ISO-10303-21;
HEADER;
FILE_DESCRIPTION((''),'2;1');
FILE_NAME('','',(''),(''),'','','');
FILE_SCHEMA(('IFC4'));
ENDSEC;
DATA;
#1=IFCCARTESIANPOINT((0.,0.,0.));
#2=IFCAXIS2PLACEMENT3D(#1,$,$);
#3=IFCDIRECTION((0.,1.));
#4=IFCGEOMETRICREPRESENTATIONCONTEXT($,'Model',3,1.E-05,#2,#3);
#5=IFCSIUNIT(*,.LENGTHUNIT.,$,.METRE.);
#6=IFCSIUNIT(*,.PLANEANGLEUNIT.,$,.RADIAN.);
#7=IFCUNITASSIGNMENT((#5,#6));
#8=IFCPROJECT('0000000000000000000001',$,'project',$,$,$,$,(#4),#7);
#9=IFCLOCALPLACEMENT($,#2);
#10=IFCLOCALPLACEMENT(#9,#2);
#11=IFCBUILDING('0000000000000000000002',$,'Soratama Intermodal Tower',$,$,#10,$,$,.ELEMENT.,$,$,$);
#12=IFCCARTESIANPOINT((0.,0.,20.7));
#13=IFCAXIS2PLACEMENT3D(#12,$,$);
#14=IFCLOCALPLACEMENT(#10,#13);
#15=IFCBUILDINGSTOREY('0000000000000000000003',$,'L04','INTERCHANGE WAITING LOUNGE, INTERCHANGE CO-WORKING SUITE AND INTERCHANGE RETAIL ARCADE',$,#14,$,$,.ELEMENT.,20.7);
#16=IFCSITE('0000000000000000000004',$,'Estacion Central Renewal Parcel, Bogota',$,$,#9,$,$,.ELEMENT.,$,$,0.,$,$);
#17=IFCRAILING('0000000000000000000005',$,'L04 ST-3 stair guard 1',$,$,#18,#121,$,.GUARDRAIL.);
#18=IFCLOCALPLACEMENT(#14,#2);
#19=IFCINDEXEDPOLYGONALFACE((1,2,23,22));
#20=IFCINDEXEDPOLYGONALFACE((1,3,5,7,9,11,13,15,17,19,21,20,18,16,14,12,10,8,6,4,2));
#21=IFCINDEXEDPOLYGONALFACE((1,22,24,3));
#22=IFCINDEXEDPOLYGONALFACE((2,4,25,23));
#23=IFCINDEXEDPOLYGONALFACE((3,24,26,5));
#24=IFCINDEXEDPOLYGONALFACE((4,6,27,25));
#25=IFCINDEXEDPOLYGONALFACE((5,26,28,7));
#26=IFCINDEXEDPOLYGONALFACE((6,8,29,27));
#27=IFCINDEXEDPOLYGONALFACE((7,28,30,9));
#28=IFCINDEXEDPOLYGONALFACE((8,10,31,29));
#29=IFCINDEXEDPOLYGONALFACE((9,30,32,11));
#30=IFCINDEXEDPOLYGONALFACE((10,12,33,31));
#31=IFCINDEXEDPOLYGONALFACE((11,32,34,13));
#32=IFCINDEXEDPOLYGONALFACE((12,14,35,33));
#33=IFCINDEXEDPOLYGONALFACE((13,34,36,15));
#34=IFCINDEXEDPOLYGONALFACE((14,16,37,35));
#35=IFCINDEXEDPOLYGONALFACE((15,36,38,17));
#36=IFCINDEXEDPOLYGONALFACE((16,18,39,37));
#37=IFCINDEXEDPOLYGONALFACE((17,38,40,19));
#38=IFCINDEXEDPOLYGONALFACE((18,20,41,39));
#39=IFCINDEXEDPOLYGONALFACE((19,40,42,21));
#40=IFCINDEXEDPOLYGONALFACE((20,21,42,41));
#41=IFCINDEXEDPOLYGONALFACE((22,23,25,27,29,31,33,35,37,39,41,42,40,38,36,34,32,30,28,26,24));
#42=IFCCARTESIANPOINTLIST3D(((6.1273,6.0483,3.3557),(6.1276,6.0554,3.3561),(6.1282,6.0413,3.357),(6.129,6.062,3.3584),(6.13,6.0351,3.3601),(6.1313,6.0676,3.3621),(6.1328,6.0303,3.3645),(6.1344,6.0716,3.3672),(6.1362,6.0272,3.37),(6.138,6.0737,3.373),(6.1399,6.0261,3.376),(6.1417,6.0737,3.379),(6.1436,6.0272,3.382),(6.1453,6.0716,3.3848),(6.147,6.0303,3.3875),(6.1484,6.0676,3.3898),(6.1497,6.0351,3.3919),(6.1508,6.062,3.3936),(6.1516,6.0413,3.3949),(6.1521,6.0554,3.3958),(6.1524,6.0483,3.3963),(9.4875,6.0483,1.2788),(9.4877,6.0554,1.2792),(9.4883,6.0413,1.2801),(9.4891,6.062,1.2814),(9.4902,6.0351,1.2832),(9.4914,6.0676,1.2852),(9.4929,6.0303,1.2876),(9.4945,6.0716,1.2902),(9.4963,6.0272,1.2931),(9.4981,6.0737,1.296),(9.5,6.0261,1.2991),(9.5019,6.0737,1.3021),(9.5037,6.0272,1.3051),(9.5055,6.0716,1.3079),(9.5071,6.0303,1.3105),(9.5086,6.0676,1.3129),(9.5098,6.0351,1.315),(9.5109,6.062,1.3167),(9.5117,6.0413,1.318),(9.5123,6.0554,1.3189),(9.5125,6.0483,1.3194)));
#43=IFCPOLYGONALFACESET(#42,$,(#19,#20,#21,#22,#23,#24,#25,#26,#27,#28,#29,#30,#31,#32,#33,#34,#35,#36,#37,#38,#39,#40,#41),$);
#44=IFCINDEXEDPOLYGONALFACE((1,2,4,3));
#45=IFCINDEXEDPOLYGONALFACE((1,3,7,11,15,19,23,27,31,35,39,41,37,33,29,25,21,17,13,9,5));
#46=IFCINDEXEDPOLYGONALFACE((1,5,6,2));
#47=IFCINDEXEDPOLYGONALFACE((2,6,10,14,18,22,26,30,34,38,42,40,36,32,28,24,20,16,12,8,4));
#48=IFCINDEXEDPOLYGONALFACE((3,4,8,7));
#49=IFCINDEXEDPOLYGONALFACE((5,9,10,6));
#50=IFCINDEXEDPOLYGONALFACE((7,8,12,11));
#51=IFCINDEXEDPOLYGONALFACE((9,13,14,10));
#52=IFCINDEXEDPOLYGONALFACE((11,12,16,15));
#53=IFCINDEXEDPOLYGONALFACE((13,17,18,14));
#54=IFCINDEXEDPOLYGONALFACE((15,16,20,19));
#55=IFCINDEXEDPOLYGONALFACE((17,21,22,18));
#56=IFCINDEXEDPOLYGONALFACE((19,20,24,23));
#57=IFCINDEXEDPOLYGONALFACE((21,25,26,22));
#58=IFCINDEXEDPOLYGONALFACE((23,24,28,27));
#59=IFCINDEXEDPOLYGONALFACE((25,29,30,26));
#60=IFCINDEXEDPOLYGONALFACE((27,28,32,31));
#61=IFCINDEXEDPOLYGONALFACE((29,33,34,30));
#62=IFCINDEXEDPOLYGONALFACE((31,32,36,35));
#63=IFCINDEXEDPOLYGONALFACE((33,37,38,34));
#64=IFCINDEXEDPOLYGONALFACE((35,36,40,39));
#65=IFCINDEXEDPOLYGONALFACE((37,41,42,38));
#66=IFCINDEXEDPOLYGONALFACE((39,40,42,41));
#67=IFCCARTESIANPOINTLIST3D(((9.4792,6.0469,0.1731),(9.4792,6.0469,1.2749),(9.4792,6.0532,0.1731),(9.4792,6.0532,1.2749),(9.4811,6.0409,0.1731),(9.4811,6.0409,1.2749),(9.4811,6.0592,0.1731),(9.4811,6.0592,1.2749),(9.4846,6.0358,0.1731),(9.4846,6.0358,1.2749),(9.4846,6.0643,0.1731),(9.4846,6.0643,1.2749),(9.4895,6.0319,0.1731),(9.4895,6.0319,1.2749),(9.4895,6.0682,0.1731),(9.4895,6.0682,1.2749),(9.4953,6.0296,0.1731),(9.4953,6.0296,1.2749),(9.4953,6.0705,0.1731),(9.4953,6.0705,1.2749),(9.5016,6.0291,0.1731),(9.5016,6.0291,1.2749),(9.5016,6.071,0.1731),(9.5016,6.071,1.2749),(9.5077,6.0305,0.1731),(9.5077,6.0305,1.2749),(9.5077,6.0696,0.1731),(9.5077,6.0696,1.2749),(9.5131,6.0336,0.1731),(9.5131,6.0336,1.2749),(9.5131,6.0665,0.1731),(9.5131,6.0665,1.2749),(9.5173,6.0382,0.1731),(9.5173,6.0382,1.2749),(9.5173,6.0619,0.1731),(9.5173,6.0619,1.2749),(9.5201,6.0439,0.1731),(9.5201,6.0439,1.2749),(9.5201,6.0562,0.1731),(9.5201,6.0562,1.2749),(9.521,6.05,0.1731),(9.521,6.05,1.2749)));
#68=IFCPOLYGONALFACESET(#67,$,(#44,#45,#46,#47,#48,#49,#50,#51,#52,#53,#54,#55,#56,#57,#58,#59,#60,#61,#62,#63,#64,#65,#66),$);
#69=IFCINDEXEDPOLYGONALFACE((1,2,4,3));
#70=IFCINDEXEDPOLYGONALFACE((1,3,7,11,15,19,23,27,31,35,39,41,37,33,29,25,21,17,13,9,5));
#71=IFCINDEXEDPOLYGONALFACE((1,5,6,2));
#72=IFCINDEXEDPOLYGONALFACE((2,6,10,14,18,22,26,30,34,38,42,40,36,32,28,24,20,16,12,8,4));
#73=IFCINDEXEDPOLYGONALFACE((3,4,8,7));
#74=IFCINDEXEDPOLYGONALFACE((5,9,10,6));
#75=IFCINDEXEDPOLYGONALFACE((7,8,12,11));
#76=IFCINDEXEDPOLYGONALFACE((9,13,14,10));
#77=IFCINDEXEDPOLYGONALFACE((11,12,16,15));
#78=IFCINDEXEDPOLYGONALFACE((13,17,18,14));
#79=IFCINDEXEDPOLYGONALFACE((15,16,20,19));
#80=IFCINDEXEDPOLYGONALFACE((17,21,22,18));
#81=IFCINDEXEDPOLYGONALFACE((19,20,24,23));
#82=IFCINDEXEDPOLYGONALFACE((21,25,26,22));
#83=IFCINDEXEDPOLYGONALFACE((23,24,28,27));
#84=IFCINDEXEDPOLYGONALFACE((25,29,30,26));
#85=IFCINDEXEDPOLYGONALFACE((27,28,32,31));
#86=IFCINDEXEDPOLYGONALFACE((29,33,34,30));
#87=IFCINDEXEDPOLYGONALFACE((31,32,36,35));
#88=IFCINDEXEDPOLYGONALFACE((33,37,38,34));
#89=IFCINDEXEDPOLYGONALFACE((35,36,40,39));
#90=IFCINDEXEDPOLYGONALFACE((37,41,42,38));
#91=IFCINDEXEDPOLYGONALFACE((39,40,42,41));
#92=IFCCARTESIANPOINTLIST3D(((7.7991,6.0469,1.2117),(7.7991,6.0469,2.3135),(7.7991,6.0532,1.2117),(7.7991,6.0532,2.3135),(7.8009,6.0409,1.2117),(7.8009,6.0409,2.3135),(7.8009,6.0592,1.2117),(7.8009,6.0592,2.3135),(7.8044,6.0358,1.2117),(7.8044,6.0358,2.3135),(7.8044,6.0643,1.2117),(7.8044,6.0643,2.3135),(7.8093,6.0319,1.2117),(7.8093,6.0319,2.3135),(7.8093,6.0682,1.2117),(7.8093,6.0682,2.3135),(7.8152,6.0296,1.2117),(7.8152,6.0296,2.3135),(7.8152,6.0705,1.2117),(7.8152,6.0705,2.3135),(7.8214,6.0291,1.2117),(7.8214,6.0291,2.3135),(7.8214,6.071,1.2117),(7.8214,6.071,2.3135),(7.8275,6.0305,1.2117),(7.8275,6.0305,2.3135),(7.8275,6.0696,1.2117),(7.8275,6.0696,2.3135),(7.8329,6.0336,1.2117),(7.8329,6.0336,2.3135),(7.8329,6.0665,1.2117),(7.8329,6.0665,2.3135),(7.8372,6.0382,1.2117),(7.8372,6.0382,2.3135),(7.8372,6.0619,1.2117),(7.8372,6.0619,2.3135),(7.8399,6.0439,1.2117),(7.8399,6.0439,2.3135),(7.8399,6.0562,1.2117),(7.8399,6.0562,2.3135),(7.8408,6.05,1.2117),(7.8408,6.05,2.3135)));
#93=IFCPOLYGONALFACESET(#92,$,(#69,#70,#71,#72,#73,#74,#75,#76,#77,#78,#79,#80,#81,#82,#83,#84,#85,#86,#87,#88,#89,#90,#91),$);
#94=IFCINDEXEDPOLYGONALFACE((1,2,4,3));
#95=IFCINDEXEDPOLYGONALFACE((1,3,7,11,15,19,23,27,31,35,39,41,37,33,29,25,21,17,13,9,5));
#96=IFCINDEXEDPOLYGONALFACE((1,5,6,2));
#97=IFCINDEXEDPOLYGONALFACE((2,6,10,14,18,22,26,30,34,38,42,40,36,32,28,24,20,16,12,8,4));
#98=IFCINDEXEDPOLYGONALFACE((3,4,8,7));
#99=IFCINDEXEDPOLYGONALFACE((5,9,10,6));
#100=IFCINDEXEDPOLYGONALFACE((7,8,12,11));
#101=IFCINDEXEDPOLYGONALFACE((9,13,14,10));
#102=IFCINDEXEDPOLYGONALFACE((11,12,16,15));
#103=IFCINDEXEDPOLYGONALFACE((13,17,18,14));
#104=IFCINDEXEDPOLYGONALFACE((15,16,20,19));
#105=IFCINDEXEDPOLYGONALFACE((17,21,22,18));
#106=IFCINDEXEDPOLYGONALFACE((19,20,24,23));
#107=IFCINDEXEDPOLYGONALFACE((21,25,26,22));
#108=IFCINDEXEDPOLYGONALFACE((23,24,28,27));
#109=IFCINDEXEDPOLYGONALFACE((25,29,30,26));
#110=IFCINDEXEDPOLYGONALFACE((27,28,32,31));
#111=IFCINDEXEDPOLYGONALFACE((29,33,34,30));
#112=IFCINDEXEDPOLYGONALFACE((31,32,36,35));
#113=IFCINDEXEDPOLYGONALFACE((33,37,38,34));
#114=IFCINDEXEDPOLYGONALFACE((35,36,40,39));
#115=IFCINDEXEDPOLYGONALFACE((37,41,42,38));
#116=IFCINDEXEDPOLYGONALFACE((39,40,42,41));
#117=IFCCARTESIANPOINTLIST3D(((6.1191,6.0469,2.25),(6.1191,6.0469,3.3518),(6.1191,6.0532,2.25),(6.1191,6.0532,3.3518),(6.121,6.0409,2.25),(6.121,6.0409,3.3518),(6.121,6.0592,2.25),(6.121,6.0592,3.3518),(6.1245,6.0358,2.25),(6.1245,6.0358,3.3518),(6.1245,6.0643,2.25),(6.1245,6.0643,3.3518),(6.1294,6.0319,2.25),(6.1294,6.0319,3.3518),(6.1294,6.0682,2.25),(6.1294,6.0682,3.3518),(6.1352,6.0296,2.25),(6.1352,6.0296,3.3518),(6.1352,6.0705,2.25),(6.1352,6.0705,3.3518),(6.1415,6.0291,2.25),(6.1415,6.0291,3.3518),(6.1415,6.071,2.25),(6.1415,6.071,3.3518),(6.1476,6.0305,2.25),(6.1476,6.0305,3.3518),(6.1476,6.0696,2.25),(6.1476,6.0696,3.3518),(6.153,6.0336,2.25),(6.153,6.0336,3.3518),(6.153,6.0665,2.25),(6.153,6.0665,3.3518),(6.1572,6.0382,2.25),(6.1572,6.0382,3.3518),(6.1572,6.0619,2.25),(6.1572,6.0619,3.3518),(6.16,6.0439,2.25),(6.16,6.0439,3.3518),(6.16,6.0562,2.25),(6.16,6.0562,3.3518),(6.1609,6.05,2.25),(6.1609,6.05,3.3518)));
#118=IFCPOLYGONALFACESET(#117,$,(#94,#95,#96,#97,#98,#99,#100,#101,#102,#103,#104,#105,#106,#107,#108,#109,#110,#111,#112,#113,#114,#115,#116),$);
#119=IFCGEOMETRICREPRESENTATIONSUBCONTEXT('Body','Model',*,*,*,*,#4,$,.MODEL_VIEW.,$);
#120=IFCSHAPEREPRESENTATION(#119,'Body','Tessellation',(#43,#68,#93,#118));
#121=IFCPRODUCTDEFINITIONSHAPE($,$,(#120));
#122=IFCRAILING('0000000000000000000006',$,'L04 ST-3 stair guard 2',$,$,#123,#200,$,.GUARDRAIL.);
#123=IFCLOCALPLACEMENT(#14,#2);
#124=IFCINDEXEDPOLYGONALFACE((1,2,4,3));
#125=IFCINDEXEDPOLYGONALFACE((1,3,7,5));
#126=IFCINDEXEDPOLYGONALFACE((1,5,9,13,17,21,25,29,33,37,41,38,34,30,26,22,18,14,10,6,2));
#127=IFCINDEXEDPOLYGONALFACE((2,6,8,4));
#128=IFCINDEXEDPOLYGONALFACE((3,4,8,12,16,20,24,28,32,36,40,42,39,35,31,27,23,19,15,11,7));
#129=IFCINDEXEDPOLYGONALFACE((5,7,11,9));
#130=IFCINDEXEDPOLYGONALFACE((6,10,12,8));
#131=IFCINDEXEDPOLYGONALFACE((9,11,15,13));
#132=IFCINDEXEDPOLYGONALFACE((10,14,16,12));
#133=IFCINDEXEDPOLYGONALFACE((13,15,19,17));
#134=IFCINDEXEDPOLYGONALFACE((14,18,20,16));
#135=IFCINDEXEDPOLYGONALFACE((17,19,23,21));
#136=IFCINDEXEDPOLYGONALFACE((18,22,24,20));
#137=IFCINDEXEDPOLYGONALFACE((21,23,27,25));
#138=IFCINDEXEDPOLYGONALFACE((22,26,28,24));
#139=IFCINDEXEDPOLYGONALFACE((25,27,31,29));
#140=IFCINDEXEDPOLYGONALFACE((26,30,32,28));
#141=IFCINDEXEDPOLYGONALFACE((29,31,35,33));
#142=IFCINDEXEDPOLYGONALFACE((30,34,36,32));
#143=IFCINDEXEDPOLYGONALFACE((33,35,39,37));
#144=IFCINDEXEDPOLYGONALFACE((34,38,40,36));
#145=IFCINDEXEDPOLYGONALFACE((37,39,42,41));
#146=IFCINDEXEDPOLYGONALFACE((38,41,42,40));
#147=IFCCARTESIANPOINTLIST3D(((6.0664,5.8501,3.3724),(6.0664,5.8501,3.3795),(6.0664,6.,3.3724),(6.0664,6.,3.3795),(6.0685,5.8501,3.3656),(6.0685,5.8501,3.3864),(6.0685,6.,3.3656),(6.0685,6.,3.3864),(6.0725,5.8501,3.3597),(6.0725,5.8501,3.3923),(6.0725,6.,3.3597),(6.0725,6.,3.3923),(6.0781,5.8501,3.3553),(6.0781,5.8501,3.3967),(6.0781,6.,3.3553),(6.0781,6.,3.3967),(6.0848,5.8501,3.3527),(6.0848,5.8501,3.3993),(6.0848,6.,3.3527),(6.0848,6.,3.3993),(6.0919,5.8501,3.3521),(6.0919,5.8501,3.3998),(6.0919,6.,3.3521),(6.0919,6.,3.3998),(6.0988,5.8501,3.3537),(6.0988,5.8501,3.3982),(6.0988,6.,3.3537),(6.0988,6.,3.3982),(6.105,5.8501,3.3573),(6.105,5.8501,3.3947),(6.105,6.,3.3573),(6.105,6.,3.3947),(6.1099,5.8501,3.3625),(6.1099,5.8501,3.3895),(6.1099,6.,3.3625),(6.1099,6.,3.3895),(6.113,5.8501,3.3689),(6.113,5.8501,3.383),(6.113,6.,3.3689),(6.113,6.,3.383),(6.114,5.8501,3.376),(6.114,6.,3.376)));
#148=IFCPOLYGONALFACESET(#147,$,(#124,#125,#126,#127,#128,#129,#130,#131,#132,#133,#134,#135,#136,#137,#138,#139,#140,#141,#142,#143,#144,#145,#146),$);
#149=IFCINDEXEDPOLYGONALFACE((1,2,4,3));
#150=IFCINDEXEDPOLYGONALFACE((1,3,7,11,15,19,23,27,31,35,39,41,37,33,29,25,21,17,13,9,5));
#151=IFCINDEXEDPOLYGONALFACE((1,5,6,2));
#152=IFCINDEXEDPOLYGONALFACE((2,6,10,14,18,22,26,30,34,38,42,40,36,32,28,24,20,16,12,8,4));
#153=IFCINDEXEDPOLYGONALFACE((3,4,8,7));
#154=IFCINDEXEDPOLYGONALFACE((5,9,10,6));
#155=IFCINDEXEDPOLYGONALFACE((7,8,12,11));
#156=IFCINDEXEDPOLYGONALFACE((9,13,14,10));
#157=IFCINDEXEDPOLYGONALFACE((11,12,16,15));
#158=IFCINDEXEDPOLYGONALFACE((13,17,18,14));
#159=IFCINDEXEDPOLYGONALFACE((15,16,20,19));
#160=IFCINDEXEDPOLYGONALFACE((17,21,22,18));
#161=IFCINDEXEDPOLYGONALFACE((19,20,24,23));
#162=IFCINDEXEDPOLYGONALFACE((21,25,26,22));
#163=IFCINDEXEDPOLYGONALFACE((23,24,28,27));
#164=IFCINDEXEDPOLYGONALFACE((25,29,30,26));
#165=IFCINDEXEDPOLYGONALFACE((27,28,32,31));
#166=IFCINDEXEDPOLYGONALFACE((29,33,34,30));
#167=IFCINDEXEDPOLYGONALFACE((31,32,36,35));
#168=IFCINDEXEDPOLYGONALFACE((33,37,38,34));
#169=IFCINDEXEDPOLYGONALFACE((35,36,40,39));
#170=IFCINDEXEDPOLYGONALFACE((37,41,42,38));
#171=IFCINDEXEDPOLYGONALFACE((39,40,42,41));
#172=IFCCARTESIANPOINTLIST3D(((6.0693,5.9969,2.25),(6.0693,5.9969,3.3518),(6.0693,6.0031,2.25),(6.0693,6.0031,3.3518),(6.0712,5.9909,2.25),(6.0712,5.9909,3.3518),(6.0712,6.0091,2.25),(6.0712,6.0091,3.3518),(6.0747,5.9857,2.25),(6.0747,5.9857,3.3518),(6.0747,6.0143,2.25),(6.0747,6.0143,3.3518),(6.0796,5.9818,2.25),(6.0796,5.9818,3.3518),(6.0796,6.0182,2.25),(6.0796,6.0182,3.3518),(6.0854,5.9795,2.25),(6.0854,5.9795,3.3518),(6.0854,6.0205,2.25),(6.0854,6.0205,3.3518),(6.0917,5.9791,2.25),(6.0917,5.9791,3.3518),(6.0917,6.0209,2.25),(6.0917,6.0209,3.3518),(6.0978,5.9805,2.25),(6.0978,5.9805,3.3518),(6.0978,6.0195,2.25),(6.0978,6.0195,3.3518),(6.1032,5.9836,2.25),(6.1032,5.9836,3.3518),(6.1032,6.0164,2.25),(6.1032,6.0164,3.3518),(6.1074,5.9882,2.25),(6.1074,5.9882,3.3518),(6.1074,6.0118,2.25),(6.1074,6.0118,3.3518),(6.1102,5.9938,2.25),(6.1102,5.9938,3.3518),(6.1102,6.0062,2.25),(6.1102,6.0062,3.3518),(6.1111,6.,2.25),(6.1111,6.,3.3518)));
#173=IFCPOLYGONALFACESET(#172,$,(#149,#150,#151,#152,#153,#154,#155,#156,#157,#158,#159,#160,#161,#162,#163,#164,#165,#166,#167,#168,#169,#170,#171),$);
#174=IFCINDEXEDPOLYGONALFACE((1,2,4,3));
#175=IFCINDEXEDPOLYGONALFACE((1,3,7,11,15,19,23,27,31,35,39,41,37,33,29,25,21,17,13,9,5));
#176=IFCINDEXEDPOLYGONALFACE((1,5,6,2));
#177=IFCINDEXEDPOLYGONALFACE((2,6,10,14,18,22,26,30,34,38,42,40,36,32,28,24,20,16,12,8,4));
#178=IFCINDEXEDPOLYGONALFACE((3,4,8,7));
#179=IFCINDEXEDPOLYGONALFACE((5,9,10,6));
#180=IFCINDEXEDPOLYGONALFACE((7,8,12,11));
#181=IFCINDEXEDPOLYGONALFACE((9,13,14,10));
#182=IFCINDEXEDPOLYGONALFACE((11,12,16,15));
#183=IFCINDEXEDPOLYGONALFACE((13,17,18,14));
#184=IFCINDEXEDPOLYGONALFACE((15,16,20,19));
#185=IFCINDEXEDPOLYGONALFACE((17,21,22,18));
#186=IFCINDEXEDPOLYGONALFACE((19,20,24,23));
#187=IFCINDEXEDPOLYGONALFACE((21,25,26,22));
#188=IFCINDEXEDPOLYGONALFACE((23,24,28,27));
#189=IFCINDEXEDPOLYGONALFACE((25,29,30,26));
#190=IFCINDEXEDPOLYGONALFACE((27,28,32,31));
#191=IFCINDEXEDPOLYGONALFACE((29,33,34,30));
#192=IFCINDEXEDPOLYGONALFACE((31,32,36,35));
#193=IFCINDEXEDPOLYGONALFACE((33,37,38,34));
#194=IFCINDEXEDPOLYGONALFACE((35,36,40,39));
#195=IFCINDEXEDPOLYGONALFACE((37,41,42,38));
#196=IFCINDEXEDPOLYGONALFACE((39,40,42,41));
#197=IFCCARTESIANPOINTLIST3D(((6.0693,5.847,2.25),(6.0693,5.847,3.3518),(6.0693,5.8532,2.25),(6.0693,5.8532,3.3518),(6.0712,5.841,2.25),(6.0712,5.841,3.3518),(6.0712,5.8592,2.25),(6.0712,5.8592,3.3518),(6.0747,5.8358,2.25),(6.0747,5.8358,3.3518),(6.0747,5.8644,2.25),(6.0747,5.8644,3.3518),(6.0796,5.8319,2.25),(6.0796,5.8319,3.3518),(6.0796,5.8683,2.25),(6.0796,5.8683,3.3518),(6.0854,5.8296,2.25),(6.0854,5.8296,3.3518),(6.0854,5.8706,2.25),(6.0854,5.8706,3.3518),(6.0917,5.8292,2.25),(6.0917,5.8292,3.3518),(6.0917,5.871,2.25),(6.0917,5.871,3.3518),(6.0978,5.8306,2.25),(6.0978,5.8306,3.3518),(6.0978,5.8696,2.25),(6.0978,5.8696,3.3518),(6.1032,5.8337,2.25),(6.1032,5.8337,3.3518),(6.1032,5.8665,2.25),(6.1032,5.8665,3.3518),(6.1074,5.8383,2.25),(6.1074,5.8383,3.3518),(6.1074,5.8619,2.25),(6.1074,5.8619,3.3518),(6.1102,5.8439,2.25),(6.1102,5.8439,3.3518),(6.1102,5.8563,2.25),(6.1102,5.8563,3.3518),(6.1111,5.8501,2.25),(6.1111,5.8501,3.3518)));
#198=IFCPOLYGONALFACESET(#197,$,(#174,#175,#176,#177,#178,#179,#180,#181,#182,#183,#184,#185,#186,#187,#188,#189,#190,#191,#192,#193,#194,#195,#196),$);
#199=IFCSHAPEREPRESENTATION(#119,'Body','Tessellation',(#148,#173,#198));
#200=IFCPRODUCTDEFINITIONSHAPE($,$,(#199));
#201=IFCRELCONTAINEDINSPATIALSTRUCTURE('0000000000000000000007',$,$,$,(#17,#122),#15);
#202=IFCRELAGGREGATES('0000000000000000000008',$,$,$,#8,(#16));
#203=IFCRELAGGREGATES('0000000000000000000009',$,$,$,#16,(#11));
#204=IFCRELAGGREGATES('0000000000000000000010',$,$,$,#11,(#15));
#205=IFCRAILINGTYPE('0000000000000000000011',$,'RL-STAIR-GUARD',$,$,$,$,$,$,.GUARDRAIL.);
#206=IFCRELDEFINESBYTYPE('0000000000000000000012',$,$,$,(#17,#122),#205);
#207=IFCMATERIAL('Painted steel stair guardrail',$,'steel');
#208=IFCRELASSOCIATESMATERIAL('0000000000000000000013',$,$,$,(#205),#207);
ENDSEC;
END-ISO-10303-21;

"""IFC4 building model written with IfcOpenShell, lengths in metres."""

from ifc_helpers import new_model, si_unit, direction, frame, origin, origin_2d, place, context, subcontext, project, spatial, circle, extrude, material, type_object, element, save


model = new_model("IFC4")

# Units and contexts
model_context = context("Model", 3, precision=1e-05, world=origin(), true_north=direction((0.0, 1.0)))
body_context = subcontext(model_context, "Body", "Model", "MODEL_VIEW")
ifc_project = project(units=[si_unit("LENGTHUNIT", "METRE"), si_unit("PLANEANGLEUNIT", "RADIAN")], contexts=[model_context])

# Site, building, storey
site_placement = place(None, origin())
site = spatial("IfcSite", under=ifc_project, at=site_placement, Name="Estacion Central Renewal Parcel, Bogota", CompositionType="ELEMENT", RefElevation=0.0)
building_placement = place(site_placement, origin())
building = spatial("IfcBuilding", under=site, at=building_placement, Name="Soratama Intermodal Tower", CompositionType="ELEMENT")
storey_placement = place(building_placement, frame((0.0, 0.0, 20.7)))
storey = spatial("IfcBuildingStorey", under=building, at=storey_placement, Name="L04", Description="INTERCHANGE WAITING LOUNGE, INTERCHANGE CO-WORKING SUITE AND INTERCHANGE RETAIL ARCADE", CompositionType="ELEMENT", Elevation=20.7)

# Railings
ifc_material_1 = material(Name="Painted steel stair guardrail", Category="steel")
railing_type_1 = type_object("IfcRailingType", Name="RL-STAIR-GUARD", PredefinedType="GUARDRAIL", material=ifc_material_1)
railing_1_placement = place(storey_placement, frame((9.5, 6.05, 0.1731)))
element("IfcRailing", 1, at=railing_1_placement, inside=storey, type_object=railing_type_1, Name="L04 ST-3 stair guard 1", PredefinedType="GUARDRAIL", context=body_context, shape_type="SweptSolid", body=[
    extrude(circle(Radius=0.0239, at=origin_2d()), frame((0.0, 0.0, 1.126), z_axis=(-0.850623, 0.0, 0.525776), x_axis=(0.0, -1.0, 0.0)), (0.0, 0.0, 1.0), 3.9502),
    extrude(circle(Radius=0.021, at=origin_2d()), origin(), (0.0, 0.0, 1.0), 1.1018),
    extrude(circle(Radius=0.021, at=origin_2d()), frame((-1.6802, 0.0, 1.0386)), (0.0, 0.0, 1.0), 1.1018),
    extrude(circle(Radius=0.021, at=origin_2d()), frame((-3.3601, 0.0, 2.0769)), (0.0, 0.0, 1.0), 1.1018),
])
railing_2_placement = place(storey_placement, frame((6.0901, 6.0, 2.25)))
element("IfcRailing", 2, at=railing_2_placement, inside=storey, type_object=railing_type_1, Name="L04 ST-3 stair guard 2", PredefinedType="GUARDRAIL", context=body_context, shape_type="SweptSolid", body=[
    extrude(circle(Radius=0.0239, at=origin_2d()), frame((0.0, 0.0, 1.126), z_axis=(0.0, -1.0, 0.0), x_axis=(1.0, 0.0, 0.0)), (0.0, 0.0, 1.0), 0.1499),
    extrude(circle(Radius=0.021, at=origin_2d()), origin(), (0.0, 0.0, 1.0), 1.1018),
    extrude(circle(Radius=0.021, at=origin_2d()), frame((0.0, -0.1499, 0.0)), (0.0, 0.0, 1.0), 1.1018),
])

save(model, "model.ifc")
